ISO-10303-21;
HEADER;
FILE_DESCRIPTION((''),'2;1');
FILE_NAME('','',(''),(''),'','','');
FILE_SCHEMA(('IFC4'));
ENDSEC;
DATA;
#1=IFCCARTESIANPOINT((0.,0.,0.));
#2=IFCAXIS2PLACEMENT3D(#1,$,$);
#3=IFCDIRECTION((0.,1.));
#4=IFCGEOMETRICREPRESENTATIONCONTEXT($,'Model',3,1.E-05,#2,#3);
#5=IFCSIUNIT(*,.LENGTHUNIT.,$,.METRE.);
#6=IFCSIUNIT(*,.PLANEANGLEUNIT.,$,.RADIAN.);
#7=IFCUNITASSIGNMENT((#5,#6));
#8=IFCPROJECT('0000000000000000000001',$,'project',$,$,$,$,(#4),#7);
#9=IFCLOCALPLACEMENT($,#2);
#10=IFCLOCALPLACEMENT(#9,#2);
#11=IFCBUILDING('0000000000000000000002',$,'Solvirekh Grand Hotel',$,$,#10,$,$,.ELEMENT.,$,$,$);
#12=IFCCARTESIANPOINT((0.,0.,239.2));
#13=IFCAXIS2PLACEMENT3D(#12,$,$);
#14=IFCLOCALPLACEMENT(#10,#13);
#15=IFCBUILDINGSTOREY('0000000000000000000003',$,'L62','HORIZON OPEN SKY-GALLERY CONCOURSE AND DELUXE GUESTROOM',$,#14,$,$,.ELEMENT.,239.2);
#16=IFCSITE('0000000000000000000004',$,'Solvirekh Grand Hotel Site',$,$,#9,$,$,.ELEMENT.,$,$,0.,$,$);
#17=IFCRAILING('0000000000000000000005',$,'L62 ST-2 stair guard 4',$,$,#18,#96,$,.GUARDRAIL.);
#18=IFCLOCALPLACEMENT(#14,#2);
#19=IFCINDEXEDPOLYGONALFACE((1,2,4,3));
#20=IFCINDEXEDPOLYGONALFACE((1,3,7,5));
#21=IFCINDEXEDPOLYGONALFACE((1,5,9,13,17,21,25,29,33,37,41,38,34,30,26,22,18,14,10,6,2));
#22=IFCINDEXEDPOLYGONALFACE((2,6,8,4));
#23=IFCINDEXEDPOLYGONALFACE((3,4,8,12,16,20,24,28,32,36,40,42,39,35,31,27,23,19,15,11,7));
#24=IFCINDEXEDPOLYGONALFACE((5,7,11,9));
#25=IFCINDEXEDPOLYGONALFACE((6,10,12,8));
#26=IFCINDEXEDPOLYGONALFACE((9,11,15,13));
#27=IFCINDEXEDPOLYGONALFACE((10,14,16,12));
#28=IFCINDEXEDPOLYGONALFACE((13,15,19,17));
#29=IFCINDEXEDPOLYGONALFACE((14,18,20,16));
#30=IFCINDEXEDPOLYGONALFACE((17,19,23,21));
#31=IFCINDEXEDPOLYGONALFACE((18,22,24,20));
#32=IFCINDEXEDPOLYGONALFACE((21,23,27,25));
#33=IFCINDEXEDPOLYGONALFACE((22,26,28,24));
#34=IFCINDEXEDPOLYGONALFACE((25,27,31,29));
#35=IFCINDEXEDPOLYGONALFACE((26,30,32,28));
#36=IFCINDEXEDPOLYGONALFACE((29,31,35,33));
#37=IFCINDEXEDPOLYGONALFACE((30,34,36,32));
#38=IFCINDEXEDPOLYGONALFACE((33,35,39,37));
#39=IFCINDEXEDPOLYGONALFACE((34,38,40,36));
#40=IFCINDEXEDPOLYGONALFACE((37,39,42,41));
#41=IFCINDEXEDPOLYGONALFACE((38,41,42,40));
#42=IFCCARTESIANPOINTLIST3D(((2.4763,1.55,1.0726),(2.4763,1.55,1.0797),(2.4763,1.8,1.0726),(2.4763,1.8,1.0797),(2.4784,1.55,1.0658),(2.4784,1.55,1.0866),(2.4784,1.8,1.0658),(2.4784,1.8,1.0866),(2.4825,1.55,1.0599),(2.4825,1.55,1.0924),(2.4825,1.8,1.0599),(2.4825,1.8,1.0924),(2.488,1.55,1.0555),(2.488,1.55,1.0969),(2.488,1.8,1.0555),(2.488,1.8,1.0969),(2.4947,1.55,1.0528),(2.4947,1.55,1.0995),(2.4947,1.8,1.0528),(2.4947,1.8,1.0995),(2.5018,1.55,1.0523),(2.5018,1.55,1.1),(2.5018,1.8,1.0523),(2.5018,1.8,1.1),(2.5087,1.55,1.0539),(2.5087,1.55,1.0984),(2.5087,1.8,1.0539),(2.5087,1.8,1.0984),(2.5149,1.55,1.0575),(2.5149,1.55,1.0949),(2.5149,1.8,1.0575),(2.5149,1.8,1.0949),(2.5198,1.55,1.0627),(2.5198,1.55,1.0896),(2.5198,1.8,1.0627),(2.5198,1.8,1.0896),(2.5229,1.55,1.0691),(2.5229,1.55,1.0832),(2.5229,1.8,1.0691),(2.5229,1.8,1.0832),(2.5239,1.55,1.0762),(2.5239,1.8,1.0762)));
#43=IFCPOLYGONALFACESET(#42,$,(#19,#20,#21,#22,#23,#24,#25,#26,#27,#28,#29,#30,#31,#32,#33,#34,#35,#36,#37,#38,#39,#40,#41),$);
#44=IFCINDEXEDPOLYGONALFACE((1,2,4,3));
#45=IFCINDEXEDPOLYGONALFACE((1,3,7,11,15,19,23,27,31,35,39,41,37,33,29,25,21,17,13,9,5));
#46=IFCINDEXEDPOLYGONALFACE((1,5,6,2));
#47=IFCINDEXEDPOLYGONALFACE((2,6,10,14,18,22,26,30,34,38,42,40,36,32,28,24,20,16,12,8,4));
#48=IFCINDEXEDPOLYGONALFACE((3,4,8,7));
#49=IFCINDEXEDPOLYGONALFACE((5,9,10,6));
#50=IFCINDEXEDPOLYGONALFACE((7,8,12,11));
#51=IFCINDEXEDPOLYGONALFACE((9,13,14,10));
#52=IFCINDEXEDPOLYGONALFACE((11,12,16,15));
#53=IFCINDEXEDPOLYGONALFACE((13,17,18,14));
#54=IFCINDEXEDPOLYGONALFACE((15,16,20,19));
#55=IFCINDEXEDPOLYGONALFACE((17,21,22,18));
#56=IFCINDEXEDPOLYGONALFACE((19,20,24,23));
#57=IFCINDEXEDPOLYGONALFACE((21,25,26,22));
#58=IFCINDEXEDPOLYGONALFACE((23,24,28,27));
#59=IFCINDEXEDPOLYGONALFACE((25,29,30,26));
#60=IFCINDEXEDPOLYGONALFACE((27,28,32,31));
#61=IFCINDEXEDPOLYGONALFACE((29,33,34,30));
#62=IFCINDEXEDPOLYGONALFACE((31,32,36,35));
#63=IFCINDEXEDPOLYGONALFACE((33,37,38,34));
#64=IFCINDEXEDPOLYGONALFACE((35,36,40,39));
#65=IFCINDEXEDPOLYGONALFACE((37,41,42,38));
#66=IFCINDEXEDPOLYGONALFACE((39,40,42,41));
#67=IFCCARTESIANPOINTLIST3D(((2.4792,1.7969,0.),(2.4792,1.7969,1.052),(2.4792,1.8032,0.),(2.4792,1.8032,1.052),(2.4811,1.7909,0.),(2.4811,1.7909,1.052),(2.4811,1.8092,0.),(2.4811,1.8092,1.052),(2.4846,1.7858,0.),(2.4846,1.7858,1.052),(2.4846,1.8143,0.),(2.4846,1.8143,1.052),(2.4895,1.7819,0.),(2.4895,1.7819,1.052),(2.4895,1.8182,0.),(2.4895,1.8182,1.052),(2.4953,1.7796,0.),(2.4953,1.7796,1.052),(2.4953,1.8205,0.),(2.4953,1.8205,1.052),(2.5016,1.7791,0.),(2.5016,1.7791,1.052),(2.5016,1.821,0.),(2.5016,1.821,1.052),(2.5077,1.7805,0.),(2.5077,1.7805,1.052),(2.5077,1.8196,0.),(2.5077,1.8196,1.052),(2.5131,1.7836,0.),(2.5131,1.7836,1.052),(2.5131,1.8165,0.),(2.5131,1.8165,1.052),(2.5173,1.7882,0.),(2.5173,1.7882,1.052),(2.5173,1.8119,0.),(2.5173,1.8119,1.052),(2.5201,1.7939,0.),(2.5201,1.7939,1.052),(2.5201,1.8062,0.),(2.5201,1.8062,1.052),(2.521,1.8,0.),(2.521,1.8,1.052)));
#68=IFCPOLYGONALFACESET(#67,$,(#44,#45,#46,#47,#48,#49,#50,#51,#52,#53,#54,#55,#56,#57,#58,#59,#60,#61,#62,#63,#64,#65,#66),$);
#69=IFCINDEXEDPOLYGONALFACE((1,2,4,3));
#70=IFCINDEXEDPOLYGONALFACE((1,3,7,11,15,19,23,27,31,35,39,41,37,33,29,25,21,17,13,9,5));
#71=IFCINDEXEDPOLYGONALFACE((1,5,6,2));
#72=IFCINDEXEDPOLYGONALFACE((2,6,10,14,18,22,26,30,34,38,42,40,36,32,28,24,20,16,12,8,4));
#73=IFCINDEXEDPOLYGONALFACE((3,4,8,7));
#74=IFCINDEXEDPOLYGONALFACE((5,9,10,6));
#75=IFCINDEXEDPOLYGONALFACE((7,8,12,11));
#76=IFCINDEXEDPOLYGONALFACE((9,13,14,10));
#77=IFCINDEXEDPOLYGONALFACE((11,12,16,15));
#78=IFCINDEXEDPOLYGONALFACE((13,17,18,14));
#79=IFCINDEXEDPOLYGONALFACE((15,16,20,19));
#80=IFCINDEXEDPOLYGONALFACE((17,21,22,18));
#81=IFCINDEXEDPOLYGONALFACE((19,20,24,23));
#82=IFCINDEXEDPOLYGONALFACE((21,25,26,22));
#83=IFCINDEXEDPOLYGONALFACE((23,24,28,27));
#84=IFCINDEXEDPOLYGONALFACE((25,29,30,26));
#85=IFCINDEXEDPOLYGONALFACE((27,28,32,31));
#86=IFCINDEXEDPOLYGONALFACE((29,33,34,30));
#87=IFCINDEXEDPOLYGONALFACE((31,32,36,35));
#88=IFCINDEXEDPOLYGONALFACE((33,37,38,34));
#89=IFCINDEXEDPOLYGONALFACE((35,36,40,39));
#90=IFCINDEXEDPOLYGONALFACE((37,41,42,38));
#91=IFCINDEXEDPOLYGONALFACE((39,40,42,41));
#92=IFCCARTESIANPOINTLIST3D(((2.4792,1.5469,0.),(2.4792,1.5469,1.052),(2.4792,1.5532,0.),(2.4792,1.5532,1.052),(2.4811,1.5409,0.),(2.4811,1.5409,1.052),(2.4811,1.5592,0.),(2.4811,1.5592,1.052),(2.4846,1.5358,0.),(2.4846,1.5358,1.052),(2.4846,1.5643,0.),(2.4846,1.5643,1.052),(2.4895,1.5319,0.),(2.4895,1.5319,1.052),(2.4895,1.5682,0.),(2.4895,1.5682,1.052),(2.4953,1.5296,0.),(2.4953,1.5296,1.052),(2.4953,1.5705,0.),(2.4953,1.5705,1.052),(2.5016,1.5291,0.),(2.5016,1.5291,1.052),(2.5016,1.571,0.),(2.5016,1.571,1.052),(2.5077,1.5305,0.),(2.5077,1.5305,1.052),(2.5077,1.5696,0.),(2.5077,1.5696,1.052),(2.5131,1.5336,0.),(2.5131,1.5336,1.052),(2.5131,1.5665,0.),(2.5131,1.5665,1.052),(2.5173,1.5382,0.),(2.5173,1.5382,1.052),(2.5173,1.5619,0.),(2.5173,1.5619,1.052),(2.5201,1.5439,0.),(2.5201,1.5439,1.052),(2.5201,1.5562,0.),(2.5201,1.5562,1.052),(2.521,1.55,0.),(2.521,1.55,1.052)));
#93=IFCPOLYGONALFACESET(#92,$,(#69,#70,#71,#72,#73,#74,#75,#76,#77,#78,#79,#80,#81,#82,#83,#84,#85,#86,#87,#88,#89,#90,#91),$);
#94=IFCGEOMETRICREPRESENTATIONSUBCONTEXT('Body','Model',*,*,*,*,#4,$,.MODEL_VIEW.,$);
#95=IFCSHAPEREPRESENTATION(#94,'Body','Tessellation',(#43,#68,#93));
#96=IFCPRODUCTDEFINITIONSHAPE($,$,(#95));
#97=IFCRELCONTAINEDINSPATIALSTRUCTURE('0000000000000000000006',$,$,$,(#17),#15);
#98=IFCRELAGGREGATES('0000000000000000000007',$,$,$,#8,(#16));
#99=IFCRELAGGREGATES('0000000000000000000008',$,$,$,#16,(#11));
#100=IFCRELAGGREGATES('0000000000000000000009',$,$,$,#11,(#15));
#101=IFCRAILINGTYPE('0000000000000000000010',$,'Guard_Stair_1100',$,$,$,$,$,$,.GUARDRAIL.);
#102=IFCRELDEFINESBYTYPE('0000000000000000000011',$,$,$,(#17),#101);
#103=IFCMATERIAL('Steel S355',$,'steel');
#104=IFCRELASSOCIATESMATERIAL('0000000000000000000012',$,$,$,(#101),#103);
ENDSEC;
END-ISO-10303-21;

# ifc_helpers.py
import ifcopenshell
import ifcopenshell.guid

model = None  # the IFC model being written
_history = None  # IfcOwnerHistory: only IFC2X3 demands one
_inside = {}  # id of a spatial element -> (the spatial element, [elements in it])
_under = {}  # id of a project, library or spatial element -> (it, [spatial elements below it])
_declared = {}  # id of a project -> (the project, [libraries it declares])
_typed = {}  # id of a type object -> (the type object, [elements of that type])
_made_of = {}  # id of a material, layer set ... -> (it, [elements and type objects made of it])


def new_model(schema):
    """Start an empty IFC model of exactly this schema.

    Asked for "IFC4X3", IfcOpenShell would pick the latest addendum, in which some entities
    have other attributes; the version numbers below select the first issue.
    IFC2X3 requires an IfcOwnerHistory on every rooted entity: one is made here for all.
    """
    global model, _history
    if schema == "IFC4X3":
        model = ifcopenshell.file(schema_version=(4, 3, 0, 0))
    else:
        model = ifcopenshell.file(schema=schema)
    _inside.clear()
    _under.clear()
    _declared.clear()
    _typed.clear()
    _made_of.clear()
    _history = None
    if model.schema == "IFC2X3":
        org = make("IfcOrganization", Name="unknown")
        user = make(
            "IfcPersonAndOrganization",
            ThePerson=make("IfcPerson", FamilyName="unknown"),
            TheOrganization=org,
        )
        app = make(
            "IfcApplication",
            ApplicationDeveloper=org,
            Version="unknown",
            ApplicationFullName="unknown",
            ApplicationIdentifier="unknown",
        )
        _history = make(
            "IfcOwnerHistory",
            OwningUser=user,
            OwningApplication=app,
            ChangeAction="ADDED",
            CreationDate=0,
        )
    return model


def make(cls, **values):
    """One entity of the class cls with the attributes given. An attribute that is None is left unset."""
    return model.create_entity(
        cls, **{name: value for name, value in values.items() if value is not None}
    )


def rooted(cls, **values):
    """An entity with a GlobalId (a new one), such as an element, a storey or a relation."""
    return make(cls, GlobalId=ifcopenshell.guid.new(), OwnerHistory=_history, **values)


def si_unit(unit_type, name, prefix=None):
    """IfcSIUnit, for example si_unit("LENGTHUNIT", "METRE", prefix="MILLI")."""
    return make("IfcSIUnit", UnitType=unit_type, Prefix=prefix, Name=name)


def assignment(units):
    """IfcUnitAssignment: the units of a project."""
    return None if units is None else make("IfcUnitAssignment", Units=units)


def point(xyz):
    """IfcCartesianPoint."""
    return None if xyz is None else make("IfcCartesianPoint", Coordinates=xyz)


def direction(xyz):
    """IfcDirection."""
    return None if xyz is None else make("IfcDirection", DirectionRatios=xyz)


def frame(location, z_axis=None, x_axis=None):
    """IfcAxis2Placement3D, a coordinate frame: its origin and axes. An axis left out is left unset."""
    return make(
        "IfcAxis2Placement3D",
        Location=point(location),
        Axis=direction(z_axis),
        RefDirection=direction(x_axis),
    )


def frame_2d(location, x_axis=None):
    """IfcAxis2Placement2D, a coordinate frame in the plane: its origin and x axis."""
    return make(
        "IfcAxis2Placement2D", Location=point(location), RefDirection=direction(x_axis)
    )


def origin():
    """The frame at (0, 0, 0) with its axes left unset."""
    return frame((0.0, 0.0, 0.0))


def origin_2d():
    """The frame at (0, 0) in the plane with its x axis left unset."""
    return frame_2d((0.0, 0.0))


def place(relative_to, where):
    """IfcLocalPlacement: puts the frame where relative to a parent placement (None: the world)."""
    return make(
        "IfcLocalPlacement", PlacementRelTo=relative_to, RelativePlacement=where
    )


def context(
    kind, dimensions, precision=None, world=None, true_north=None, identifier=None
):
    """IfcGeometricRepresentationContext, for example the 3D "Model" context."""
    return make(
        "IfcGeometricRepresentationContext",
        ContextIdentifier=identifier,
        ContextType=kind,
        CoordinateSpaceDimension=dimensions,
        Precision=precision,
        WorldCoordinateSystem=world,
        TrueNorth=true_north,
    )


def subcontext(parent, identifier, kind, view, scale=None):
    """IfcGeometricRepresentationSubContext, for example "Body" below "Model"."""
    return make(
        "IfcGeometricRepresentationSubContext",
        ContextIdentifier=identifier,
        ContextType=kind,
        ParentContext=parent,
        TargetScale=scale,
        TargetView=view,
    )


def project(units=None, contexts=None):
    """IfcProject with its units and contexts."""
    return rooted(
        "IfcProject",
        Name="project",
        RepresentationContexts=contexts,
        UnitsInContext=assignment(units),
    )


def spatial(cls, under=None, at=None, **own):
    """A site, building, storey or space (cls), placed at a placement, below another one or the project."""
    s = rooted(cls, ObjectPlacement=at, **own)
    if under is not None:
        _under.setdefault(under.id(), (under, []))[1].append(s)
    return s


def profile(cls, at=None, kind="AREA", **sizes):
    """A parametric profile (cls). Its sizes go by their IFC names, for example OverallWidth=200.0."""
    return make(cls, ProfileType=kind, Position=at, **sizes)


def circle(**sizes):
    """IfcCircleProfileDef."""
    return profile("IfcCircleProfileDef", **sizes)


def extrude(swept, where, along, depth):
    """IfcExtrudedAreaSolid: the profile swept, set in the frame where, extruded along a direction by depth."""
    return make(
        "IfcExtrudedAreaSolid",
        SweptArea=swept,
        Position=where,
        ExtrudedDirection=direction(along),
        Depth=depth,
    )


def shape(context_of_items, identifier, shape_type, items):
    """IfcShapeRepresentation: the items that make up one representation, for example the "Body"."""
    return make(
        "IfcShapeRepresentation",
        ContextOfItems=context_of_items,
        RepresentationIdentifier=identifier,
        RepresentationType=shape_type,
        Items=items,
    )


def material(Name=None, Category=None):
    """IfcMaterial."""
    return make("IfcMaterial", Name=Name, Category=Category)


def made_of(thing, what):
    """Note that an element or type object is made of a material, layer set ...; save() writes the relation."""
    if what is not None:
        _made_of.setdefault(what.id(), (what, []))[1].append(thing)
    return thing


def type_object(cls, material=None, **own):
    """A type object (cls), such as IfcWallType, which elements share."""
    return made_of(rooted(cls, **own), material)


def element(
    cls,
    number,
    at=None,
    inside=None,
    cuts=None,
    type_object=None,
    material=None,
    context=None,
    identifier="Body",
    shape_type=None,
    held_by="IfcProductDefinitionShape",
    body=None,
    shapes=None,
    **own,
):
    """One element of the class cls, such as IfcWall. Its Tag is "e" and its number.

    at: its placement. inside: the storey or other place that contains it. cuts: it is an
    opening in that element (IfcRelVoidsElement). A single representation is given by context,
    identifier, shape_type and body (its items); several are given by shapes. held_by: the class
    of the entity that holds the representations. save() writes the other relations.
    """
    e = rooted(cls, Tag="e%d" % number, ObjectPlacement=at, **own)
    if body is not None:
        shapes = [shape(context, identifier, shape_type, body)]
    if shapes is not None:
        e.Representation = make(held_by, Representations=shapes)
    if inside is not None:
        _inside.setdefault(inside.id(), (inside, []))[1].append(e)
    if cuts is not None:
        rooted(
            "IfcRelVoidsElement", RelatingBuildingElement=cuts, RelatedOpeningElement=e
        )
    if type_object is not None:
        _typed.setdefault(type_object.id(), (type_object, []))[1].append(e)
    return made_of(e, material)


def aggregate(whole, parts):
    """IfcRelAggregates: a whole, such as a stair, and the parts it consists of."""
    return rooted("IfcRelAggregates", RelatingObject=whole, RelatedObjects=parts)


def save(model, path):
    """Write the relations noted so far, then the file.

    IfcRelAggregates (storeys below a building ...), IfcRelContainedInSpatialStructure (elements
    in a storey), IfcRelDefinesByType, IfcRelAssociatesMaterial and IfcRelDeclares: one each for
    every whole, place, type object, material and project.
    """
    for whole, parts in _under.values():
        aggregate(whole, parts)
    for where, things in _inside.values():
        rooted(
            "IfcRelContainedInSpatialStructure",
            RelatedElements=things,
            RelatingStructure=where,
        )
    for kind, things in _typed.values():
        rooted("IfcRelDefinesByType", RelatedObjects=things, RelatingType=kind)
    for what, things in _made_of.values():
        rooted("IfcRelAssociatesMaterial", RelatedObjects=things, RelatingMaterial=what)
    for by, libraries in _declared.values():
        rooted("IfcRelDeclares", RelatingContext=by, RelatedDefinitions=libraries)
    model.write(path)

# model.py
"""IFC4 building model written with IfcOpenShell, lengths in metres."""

from ifc_helpers import new_model, si_unit, direction, frame, origin, origin_2d, place, context, subcontext, project, spatial, circle, extrude, material, type_object, element, save


model = new_model("IFC4")

# Units and contexts
model_context = context("Model", 3, precision=1e-05, world=origin(), true_north=direction((0.0, 1.0)))
body_context = subcontext(model_context, "Body", "Model", "MODEL_VIEW")
ifc_project = project(units=[si_unit("LENGTHUNIT", "METRE"), si_unit("PLANEANGLEUNIT", "RADIAN")], contexts=[model_context])

# Site, building, storey
site_placement = place(None, origin())
site = spatial("IfcSite", under=ifc_project, at=site_placement, Name="Solvirekh Grand Hotel Site", CompositionType="ELEMENT", RefElevation=0.0)
building_placement = place(site_placement, origin())
building = spatial("IfcBuilding", under=site, at=building_placement, Name="Solvirekh Grand Hotel", CompositionType="ELEMENT")
storey_placement = place(building_placement, frame((0.0, 0.0, 239.2)))
storey = spatial("IfcBuildingStorey", under=building, at=storey_placement, Name="L62", Description="HORIZON OPEN SKY-GALLERY CONCOURSE AND DELUXE GUESTROOM", CompositionType="ELEMENT", Elevation=239.2)

# Shared definitions
ifc_material_1 = material(Name="Steel S355", Category="steel")

# Railing
railing_type_1 = type_object("IfcRailingType", Name="Guard_Stair_1100", PredefinedType="GUARDRAIL", material=ifc_material_1)
railing_1_placement = place(storey_placement, frame((2.5, 1.8, 0.0)))
element("IfcRailing", 1, at=railing_1_placement, inside=storey, type_object=railing_type_1, Name="L62 ST-2 stair guard 4", PredefinedType="GUARDRAIL", context=body_context, shape_type="SweptSolid", body=[
    extrude(circle(Radius=0.0239, at=origin_2d()), frame((0.0, 0.0, 1.0762), z_axis=(0.0, -1.0, 0.0), x_axis=(1.0, 0.0, 0.0)), (0.0, 0.0, 1.0), 0.25),
    extrude(circle(Radius=0.021, at=origin_2d()), origin(), (0.0, 0.0, 1.0), 1.052),
    extrude(circle(Radius=0.021, at=origin_2d()), frame((0.0, -0.25, 0.0)), (0.0, 0.0, 1.0), 1.052),
])

save(model, "model.ifc")
